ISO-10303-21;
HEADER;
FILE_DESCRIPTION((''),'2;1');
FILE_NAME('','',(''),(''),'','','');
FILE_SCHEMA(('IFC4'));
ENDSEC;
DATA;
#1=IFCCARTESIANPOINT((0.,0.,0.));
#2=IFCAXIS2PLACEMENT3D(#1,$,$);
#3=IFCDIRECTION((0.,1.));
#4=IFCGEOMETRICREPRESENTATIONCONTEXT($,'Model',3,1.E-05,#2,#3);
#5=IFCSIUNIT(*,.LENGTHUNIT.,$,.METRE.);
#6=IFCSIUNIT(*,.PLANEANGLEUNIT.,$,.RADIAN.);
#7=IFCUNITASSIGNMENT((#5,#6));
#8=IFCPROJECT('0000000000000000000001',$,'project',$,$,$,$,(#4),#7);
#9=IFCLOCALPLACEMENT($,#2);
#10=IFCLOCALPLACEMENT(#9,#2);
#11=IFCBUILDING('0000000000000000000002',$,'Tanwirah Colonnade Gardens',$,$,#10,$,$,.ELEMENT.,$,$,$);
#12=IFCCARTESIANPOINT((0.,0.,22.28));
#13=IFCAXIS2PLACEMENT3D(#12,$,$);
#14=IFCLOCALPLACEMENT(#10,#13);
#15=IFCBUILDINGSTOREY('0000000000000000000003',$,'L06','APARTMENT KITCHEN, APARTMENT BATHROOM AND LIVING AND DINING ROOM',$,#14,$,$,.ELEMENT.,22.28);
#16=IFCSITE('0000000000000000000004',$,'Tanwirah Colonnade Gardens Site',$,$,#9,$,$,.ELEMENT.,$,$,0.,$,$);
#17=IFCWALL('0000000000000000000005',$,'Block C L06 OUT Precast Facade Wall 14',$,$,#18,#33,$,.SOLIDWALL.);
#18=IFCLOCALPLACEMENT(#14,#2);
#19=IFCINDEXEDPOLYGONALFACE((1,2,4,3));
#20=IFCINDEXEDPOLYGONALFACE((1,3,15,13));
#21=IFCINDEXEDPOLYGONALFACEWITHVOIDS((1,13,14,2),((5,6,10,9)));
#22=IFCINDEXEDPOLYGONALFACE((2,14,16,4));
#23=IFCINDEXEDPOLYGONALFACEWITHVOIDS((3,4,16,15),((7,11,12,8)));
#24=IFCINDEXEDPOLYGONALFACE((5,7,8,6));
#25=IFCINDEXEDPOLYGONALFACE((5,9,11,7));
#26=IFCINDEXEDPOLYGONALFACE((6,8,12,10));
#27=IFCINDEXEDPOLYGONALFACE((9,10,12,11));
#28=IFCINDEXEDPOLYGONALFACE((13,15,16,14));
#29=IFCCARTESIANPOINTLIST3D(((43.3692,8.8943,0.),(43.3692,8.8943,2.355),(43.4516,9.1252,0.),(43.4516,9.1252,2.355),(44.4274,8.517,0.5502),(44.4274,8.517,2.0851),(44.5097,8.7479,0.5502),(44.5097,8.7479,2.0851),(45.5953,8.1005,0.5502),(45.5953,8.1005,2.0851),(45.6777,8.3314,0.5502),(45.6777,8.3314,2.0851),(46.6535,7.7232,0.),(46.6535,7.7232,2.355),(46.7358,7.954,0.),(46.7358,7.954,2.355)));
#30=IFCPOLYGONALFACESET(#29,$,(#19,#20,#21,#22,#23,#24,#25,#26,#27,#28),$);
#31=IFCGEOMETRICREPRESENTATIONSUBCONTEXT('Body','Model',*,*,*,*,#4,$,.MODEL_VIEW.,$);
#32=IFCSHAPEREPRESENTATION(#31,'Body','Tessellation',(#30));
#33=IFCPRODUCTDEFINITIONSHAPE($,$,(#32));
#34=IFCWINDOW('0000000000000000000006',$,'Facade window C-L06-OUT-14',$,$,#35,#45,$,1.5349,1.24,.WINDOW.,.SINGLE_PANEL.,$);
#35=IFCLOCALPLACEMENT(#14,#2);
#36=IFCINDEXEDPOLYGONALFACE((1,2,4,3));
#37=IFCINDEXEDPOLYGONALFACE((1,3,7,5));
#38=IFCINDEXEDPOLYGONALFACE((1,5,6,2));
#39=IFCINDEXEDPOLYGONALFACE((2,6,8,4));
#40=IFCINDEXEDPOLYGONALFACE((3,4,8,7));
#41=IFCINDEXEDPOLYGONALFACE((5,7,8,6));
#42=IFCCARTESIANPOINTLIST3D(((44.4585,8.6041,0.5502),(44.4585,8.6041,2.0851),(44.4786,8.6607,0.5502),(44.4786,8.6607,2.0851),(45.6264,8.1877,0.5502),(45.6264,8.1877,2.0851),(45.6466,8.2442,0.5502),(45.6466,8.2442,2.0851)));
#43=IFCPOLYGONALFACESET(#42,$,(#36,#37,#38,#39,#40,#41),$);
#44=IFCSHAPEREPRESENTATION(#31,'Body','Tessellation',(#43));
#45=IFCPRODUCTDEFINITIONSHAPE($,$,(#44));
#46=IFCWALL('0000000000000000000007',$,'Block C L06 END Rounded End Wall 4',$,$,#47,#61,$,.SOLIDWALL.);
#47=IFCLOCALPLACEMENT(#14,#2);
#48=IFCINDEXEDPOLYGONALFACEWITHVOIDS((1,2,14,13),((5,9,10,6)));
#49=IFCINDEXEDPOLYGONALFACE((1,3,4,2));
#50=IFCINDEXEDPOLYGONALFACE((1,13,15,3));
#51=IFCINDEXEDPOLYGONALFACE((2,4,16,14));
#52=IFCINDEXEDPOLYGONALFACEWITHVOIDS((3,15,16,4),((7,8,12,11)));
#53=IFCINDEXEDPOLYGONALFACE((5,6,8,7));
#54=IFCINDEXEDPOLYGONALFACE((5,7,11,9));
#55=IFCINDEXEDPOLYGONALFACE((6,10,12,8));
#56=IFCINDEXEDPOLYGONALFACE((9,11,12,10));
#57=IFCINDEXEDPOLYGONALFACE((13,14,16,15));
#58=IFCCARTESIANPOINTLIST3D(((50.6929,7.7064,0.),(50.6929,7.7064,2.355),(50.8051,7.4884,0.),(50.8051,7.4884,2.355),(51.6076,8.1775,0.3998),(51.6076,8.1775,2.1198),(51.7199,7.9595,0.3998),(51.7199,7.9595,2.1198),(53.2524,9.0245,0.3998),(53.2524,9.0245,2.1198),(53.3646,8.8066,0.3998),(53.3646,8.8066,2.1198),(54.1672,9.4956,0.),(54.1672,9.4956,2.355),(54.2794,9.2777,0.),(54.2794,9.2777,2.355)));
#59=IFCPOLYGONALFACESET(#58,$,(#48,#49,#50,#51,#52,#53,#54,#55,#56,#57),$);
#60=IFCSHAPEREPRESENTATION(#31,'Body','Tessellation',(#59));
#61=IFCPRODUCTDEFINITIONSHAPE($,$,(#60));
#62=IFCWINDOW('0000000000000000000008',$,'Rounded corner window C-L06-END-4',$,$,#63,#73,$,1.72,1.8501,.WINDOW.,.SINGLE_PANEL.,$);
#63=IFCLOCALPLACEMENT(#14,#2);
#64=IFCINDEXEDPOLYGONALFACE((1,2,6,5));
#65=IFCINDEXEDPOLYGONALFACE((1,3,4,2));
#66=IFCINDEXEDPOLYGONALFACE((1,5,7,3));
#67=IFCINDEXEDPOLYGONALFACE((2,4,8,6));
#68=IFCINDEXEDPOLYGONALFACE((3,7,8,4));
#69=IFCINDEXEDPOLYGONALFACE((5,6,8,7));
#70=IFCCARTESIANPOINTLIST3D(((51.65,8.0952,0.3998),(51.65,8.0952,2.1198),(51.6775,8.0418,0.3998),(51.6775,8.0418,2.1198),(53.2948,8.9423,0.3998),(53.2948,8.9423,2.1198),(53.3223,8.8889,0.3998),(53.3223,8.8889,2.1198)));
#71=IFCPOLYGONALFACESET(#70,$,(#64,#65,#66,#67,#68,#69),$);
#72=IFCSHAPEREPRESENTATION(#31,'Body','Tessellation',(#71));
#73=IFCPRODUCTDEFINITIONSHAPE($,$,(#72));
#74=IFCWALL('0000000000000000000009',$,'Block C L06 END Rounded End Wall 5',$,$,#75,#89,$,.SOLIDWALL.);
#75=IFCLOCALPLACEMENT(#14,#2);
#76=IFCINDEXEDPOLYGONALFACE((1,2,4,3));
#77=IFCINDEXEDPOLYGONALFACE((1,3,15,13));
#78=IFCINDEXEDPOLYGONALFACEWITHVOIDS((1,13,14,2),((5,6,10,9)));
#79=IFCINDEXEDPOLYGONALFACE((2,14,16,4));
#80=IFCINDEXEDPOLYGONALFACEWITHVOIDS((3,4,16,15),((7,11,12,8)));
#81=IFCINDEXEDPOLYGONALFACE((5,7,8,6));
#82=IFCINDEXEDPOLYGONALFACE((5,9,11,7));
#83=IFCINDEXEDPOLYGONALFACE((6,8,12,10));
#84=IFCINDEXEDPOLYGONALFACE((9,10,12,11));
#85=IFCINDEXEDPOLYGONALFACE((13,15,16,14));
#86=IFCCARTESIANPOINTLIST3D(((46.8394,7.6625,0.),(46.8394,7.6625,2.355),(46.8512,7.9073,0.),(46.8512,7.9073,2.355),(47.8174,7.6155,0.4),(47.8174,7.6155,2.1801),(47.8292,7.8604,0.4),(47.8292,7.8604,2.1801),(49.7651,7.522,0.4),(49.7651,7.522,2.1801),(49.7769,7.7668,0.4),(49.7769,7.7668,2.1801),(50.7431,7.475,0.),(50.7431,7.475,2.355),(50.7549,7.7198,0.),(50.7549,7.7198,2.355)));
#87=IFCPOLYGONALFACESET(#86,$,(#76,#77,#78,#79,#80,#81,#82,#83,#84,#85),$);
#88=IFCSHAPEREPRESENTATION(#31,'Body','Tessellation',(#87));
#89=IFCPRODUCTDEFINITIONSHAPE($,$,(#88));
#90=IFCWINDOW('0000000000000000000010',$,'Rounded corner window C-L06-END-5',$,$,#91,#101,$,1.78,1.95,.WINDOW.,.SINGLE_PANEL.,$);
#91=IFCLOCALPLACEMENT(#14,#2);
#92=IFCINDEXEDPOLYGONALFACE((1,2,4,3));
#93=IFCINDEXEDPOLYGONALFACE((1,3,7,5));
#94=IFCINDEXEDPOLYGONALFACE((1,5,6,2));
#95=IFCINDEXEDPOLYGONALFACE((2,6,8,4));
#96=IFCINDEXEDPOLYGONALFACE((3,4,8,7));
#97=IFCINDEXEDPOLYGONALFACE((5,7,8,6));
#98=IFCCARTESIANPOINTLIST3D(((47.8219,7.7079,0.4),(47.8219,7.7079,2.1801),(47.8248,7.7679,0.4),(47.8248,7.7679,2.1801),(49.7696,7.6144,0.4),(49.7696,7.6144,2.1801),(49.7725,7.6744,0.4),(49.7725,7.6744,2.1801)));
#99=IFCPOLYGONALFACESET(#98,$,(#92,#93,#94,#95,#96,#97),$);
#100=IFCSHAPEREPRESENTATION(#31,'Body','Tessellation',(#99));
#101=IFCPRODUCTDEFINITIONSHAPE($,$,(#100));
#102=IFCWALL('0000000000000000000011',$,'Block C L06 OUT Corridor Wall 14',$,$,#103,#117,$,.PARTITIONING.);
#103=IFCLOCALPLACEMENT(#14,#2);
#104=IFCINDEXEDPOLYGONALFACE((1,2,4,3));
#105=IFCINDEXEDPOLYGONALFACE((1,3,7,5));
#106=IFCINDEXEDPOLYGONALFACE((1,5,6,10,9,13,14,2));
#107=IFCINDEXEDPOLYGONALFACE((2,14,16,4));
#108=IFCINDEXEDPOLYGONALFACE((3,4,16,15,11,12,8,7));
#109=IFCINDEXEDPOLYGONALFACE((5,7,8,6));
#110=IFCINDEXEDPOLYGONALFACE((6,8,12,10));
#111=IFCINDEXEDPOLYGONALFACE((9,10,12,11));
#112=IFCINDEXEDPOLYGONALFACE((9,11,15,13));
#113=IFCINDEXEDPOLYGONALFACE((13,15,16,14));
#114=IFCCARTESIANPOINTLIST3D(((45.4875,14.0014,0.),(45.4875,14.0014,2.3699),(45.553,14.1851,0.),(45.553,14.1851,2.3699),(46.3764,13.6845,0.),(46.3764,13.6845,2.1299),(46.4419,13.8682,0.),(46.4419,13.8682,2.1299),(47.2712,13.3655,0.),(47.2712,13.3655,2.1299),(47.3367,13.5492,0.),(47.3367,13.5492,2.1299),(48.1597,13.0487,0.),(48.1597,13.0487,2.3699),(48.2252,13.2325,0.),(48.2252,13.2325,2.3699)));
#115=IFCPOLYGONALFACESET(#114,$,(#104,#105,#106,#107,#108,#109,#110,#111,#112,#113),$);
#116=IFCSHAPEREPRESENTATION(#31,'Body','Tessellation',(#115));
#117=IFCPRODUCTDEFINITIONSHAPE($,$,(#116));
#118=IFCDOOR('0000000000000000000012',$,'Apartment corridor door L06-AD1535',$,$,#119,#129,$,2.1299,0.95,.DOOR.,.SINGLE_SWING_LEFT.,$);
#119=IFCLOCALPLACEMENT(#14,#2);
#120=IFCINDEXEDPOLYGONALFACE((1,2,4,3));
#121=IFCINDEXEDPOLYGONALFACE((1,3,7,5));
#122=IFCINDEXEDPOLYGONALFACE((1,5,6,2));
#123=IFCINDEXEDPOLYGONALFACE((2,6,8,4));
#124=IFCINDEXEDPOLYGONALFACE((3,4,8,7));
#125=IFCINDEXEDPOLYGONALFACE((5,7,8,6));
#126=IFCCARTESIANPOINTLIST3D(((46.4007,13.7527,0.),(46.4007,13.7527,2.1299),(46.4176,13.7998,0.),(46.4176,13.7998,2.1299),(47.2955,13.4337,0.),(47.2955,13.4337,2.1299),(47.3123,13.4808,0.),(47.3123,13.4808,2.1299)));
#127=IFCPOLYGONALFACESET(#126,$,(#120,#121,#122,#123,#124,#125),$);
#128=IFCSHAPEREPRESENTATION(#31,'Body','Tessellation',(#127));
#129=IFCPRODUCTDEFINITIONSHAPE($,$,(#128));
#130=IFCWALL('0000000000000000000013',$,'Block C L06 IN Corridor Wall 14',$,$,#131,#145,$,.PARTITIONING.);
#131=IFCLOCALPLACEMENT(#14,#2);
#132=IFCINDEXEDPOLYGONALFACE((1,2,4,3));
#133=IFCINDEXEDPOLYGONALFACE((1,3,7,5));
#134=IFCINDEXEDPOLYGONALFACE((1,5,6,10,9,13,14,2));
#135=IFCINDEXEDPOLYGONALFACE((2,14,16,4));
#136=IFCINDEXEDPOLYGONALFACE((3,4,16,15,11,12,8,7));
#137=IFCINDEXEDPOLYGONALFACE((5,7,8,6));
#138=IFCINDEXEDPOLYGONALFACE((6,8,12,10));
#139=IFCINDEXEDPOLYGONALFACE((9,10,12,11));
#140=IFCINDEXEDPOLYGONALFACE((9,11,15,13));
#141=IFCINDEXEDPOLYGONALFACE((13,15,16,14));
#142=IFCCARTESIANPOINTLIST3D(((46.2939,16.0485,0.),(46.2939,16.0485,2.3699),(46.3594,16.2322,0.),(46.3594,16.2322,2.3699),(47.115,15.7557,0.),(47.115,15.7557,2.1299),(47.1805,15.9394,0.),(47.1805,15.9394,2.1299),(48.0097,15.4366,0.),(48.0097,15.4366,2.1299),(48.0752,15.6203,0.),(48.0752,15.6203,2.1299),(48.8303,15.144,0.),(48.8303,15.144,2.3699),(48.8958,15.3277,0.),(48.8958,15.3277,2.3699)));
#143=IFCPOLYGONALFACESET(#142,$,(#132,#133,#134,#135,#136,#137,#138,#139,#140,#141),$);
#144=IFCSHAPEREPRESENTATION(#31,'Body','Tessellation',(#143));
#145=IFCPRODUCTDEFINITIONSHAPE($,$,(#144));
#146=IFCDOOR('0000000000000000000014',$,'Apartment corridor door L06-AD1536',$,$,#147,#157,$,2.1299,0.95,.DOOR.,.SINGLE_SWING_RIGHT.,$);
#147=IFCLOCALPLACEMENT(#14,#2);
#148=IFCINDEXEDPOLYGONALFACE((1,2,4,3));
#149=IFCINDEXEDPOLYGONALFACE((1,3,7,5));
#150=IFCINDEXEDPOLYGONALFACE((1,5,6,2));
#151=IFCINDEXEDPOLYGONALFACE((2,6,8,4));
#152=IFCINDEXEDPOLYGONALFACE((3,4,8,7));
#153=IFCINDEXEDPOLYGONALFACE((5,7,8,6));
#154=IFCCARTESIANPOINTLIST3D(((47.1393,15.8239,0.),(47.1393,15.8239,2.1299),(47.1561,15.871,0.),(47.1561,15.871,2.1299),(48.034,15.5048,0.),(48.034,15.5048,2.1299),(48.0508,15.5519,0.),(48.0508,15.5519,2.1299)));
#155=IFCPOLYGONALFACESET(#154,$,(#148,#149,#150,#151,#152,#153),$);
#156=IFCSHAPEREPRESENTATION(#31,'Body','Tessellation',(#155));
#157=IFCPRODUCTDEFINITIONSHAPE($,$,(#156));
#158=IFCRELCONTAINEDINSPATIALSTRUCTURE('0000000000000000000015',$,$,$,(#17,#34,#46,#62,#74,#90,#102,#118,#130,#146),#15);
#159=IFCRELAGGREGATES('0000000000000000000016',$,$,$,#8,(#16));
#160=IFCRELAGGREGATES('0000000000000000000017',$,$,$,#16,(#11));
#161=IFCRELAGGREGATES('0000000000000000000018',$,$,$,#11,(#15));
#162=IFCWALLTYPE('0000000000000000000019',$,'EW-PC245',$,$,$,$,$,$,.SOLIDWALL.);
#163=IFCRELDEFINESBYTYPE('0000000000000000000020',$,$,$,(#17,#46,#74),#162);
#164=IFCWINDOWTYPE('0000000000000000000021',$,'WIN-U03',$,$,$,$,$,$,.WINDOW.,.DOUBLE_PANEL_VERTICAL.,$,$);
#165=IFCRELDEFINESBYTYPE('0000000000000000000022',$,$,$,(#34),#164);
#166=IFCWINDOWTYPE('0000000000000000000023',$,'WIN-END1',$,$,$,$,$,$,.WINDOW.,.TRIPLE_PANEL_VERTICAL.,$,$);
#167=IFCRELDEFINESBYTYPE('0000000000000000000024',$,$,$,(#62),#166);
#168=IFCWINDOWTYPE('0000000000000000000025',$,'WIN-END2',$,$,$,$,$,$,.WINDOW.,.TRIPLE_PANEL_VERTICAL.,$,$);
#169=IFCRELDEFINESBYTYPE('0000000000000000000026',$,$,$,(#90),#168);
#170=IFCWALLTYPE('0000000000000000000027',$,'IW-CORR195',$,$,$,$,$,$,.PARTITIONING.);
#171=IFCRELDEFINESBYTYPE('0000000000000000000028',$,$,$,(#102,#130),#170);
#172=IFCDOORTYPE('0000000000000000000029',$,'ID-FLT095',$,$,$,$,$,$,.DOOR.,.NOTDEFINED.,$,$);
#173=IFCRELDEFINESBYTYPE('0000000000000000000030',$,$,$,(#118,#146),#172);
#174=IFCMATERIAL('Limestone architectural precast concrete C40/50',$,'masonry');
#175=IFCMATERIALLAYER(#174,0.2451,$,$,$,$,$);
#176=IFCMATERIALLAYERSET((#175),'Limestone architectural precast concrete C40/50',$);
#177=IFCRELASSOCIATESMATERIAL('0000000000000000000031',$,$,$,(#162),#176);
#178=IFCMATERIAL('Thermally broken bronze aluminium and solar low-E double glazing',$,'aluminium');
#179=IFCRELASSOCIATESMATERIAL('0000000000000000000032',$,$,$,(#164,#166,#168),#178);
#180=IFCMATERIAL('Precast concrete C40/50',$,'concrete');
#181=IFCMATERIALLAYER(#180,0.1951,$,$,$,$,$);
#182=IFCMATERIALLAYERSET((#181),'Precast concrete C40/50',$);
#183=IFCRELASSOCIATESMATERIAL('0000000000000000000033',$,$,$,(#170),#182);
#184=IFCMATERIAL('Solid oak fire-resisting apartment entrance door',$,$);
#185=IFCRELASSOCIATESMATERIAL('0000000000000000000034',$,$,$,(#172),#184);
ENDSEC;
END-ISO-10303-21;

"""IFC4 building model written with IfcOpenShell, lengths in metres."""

from ifc_helpers import new_model, si_unit, direction, frame, frame_2d, origin, place, context, subcontext, project, spatial, rectangle, extrude, material, layer, layer_set, type_object, element, fill, save


model = new_model("IFC4")

# Units and contexts
model_context = context("Model", 3, precision=1e-05, world=origin(), true_north=direction((0.0, 1.0)))
body_context = subcontext(model_context, "Body", "Model", "MODEL_VIEW")
ifc_project = project(units=[si_unit("LENGTHUNIT", "METRE"), si_unit("PLANEANGLEUNIT", "RADIAN")], contexts=[model_context])

# Site, building, storey
site_placement = place(None, origin())
site = spatial("IfcSite", under=ifc_project, at=site_placement, Name="Tanwirah Colonnade Gardens Site", CompositionType="ELEMENT", RefElevation=0.0)
building_placement = place(site_placement, origin())
building = spatial("IfcBuilding", under=site, at=building_placement, Name="Tanwirah Colonnade Gardens", CompositionType="ELEMENT")
storey_placement = place(building_placement, frame((0.0, 0.0, 22.28)))
storey = spatial("IfcBuildingStorey", under=building, at=storey_placement, Name="L06", Description="APARTMENT KITCHEN, APARTMENT BATHROOM AND LIVING AND DINING ROOM", CompositionType="ELEMENT", Elevation=22.28)

# Shared definitions
ifc_material_1 = material(Name="Precast concrete C40/50", Category="concrete")

# Walls, openings, windows
ifc_material_2 = material(Name="Limestone architectural precast concrete C40/50", Category="masonry")
ifc_layer_1 = layer(ifc_material_2, 0.2451)
ifc_layer_set_1 = layer_set([ifc_layer_1], Name="Limestone architectural precast concrete C40/50")
wall_type_1 = type_object("IfcWallType", Name="EW-PC245", PredefinedType="SOLIDWALL", material=ifc_layer_set_1)
wall_1_placement = place(storey_placement, frame((43.4104, 9.0098, 0.0), z_axis=(0.0, 0.0, 1.0), x_axis=(0.941903, -0.335884, 0.0)))
wall_1 = element("IfcWall", 1, at=wall_1_placement, inside=storey, type_object=wall_type_1, Name="Block C L06 OUT Precast Facade Wall 14", PredefinedType="SOLIDWALL", context=body_context, shape_type="SweptSolid", body=[
    extrude(rectangle(XDim=3.4868, YDim=0.2451, at=frame_2d((1.7434, 0.0))), origin(), (0.0, 0.0, 1.0), 2.355),
])
opening_1_placement = place(wall_1_placement, frame((1.1233, 0.0, 0.55)))
opening_1 = element("IfcOpeningElement", 2, at=opening_1_placement, cuts=wall_1, PredefinedType="OPENING", context=body_context, shape_type="SweptSolid", body=[
    extrude(rectangle(XDim=1.24, YDim=1.5349, at=frame_2d((0.6201, 0.7676))), frame((0.0, 0.1326, 0.0), z_axis=(0.0, -1.0, 0.0), x_axis=(1.0, 0.0, 0.0)), (0.0, 0.0, 1.0), 0.2651),
])
ifc_material_3 = material(Name="Thermally broken bronze aluminium and solar low-E double glazing", Category="aluminium")
window_type_1 = type_object("IfcWindowType", Name="WIN-U03", PartitioningType="DOUBLE_PANEL_VERTICAL", PredefinedType="WINDOW", material=ifc_material_3)
window_1_placement = place(opening_1_placement, origin())
window_1 = element("IfcWindow", 3, at=window_1_placement, inside=storey, type_object=window_type_1, Name="Facade window C-L06-OUT-14", OverallHeight=1.5349, OverallWidth=1.24, PartitioningType="SINGLE_PANEL", PredefinedType="WINDOW", context=body_context, shape_type="SweptSolid", body=[
    extrude(rectangle(XDim=1.24, YDim=1.5349, at=frame_2d((0.6201, 0.7676))), frame((0.0, 0.03, 0.0), z_axis=(0.0, -1.0, 0.0), x_axis=(1.0, 0.0, 0.0)), (0.0, 0.0, 1.0), 0.0601),
])
fill(opening_1, window_1)
wall_2_placement = place(storey_placement, frame((54.2234, 9.3867, 0.0), z_axis=(0.0, 0.0, 1.0), x_axis=(-0.889028, -0.457852, 0.0)))
wall_2 = element("IfcWall", 4, at=wall_2_placement, inside=storey, type_object=wall_type_1, Name="Block C L06 END Rounded End Wall 4", PredefinedType="SOLIDWALL", context=body_context, shape_type="SweptSolid", body=[
    extrude(rectangle(XDim=3.908, YDim=0.2451, at=frame_2d((1.9541, 0.0))), origin(), (0.0, 0.0, 1.0), 2.355),
])
opening_2_placement = place(wall_2_placement, frame((1.0291, 0.0, 0.3999)))
opening_2 = element("IfcOpeningElement", 5, at=opening_2_placement, cuts=wall_2, PredefinedType="OPENING", context=body_context, shape_type="SweptSolid", body=[
    extrude(rectangle(XDim=1.8501, YDim=1.72, at=frame_2d((0.925, 0.8599))), frame((0.0, 0.1326, 0.0), z_axis=(0.0, -1.0, 0.0), x_axis=(1.0, 0.0, 0.0)), (0.0, 0.0, 1.0), 0.2651),
])
window_type_2 = type_object("IfcWindowType", Name="WIN-END1", PartitioningType="TRIPLE_PANEL_VERTICAL", PredefinedType="WINDOW", material=ifc_material_3)
window_2_placement = place(opening_2_placement, origin())
window_2 = element("IfcWindow", 6, at=window_2_placement, inside=storey, type_object=window_type_2, Name="Rounded corner window C-L06-END-4", OverallHeight=1.72, OverallWidth=1.8501, PartitioningType="SINGLE_PANEL", PredefinedType="WINDOW", context=body_context, shape_type="SweptSolid", body=[
    extrude(rectangle(XDim=1.8501, YDim=1.72, at=frame_2d((0.925, 0.8599))), frame((0.0, 0.03, 0.0), z_axis=(0.0, -1.0, 0.0), x_axis=(1.0, 0.0, 0.0)), (0.0, 0.0, 1.0), 0.0601),
])
fill(opening_2, window_2)
wall_3_placement = place(storey_placement, frame((50.749, 7.5974, 0.0), z_axis=(0.0, 0.0, 1.0), x_axis=(-0.998849, 0.047975, 0.0)))
wall_3 = element("IfcWall", 7, at=wall_3_placement, inside=storey, type_object=wall_type_1, Name="Block C L06 END Rounded End Wall 5", PredefinedType="SOLIDWALL", context=body_context, shape_type="SweptSolid", body=[
    extrude(rectangle(XDim=3.9082, YDim=0.2451, at=frame_2d((1.9541, 0.0))), origin(), (0.0, 0.0, 1.0), 2.355),
])
opening_3_placement = place(wall_3_placement, frame((0.979, 0.0, 0.3999)))
opening_3 = element("IfcOpeningElement", 8, at=opening_3_placement, cuts=wall_3, PredefinedType="OPENING", context=body_context, shape_type="SweptSolid", body=[
    extrude(rectangle(XDim=1.95, YDim=1.78, at=frame_2d((0.9751, 0.8901))), frame((0.0, 0.1326, 0.0), z_axis=(0.0, -1.0, 0.0), x_axis=(1.0, 0.0, 0.0)), (0.0, 0.0, 1.0), 0.2651),
])
window_type_3 = type_object("IfcWindowType", Name="WIN-END2", PartitioningType="TRIPLE_PANEL_VERTICAL", PredefinedType="WINDOW", material=ifc_material_3)
window_3_placement = place(opening_3_placement, origin())
window_3 = element("IfcWindow", 9, at=window_3_placement, inside=storey, type_object=window_type_3, Name="Rounded corner window C-L06-END-5", OverallHeight=1.78, OverallWidth=1.95, PartitioningType="SINGLE_PANEL", PredefinedType="WINDOW", context=body_context, shape_type="SweptSolid", body=[
    extrude(rectangle(XDim=1.95, YDim=1.78, at=frame_2d((0.9751, 0.8901))), frame((0.0, 0.03, 0.0), z_axis=(0.0, -1.0, 0.0), x_axis=(1.0, 0.0, 0.0)), (0.0, 0.0, 1.0), 0.0601),
])
fill(opening_3, window_3)

# Walls, openings, doors
ifc_layer_2 = layer(ifc_material_1, 0.1951)
ifc_layer_set_2 = layer_set([ifc_layer_2], Name="Precast concrete C40/50")
wall_type_2 = type_object("IfcWallType", Name="IW-CORR195", PredefinedType="PARTITIONING", material=ifc_layer_set_2)
wall_4_placement = place(storey_placement, frame((45.5203, 14.0933, 0.0), z_axis=(0.0, 0.0, 1.0), x_axis=(0.941931, -0.335808, 0.0)))
wall_4 = element("IfcWall", 10, at=wall_4_placement, inside=storey, type_object=wall_type_2, Name="Block C L06 OUT Corridor Wall 14", PredefinedType="PARTITIONING", context=body_context, shape_type="SweptSolid", body=[
    extrude(rectangle(XDim=2.8369, YDim=0.1951, at=frame_2d((1.4185, 0.0))), origin(), (0.0, 0.0, 1.0), 2.3699),
])
opening_4_placement = place(wall_4_placement, frame((0.9436, 0.0, 0.0)))
opening_4 = element("IfcOpeningElement", 11, at=opening_4_placement, cuts=wall_4, PredefinedType="OPENING", context=body_context, shape_type="SweptSolid", body=[
    extrude(rectangle(XDim=0.95, YDim=2.1299, at=frame_2d((0.4751, 1.0649))), frame((0.0, 0.1074, 0.0), z_axis=(0.0, -1.0, 0.0), x_axis=(1.0, 0.0, 0.0)), (0.0, 0.0, 1.0), 0.2151),
])
ifc_material_4 = material(Name="Solid oak fire-resisting apartment entrance door")
door_type_1 = type_object("IfcDoorType", Name="ID-FLT095", OperationType="NOTDEFINED", PredefinedType="DOOR", material=ifc_material_4)
door_1_placement = place(opening_4_placement, origin())
door_1 = element("IfcDoor", 12, at=door_1_placement, inside=storey, type_object=door_type_1, Name="Apartment corridor door L06-AD1535", OperationType="SINGLE_SWING_LEFT", OverallHeight=2.1299, OverallWidth=0.95, PredefinedType="DOOR", context=body_context, shape_type="SweptSolid", body=[
    extrude(rectangle(XDim=0.95, YDim=2.1299, at=frame_2d((0.4751, 1.0649))), frame((0.0, 0.0249, 0.0), z_axis=(0.0, -1.0, 0.0), x_axis=(1.0, 0.0, 0.0)), (0.0, 0.0, 1.0), 0.05),
])
fill(opening_4, door_1)
wall_5_placement = place(storey_placement, frame((46.3267, 16.1404, 0.0), z_axis=(0.0, 0.0, 1.0), x_axis=(0.941896, -0.335906, 0.0)))
wall_5 = element("IfcWall", 13, at=wall_5_placement, inside=storey, type_object=wall_type_2, Name="Block C L06 IN Corridor Wall 14", PredefinedType="PARTITIONING", context=body_context, shape_type="SweptSolid", body=[
    extrude(rectangle(XDim=2.6929, YDim=0.1951, at=frame_2d((1.3464, 0.0))), origin(), (0.0, 0.0, 1.0), 2.3699),
])
opening_5_placement = place(wall_5_placement, frame((0.8716, 0.0, 0.0)))
opening_5 = element("IfcOpeningElement", 14, at=opening_5_placement, cuts=wall_5, PredefinedType="OPENING", context=body_context, shape_type="SweptSolid", body=[
    extrude(rectangle(XDim=0.95, YDim=2.1299, at=frame_2d((0.4751, 1.0649))), frame((0.0, 0.1074, 0.0), z_axis=(0.0, -1.0, 0.0), x_axis=(1.0, 0.0, 0.0)), (0.0, 0.0, 1.0), 0.2151),
])
door_2_placement = place(opening_5_placement, origin())
door_2 = element("IfcDoor", 15, at=door_2_placement, inside=storey, type_object=door_type_1, Name="Apartment corridor door L06-AD1536", OperationType="SINGLE_SWING_RIGHT", OverallHeight=2.1299, OverallWidth=0.95, PredefinedType="DOOR", context=body_context, shape_type="SweptSolid", body=[
    extrude(rectangle(XDim=0.95, YDim=2.1299, at=frame_2d((0.4751, 1.0649))), frame((0.0, 0.0249, 0.0), z_axis=(0.0, -1.0, 0.0), x_axis=(1.0, 0.0, 0.0)), (0.0, 0.0, 1.0), 0.05),
])
fill(opening_5, door_2)

save(model, "model.ifc")
